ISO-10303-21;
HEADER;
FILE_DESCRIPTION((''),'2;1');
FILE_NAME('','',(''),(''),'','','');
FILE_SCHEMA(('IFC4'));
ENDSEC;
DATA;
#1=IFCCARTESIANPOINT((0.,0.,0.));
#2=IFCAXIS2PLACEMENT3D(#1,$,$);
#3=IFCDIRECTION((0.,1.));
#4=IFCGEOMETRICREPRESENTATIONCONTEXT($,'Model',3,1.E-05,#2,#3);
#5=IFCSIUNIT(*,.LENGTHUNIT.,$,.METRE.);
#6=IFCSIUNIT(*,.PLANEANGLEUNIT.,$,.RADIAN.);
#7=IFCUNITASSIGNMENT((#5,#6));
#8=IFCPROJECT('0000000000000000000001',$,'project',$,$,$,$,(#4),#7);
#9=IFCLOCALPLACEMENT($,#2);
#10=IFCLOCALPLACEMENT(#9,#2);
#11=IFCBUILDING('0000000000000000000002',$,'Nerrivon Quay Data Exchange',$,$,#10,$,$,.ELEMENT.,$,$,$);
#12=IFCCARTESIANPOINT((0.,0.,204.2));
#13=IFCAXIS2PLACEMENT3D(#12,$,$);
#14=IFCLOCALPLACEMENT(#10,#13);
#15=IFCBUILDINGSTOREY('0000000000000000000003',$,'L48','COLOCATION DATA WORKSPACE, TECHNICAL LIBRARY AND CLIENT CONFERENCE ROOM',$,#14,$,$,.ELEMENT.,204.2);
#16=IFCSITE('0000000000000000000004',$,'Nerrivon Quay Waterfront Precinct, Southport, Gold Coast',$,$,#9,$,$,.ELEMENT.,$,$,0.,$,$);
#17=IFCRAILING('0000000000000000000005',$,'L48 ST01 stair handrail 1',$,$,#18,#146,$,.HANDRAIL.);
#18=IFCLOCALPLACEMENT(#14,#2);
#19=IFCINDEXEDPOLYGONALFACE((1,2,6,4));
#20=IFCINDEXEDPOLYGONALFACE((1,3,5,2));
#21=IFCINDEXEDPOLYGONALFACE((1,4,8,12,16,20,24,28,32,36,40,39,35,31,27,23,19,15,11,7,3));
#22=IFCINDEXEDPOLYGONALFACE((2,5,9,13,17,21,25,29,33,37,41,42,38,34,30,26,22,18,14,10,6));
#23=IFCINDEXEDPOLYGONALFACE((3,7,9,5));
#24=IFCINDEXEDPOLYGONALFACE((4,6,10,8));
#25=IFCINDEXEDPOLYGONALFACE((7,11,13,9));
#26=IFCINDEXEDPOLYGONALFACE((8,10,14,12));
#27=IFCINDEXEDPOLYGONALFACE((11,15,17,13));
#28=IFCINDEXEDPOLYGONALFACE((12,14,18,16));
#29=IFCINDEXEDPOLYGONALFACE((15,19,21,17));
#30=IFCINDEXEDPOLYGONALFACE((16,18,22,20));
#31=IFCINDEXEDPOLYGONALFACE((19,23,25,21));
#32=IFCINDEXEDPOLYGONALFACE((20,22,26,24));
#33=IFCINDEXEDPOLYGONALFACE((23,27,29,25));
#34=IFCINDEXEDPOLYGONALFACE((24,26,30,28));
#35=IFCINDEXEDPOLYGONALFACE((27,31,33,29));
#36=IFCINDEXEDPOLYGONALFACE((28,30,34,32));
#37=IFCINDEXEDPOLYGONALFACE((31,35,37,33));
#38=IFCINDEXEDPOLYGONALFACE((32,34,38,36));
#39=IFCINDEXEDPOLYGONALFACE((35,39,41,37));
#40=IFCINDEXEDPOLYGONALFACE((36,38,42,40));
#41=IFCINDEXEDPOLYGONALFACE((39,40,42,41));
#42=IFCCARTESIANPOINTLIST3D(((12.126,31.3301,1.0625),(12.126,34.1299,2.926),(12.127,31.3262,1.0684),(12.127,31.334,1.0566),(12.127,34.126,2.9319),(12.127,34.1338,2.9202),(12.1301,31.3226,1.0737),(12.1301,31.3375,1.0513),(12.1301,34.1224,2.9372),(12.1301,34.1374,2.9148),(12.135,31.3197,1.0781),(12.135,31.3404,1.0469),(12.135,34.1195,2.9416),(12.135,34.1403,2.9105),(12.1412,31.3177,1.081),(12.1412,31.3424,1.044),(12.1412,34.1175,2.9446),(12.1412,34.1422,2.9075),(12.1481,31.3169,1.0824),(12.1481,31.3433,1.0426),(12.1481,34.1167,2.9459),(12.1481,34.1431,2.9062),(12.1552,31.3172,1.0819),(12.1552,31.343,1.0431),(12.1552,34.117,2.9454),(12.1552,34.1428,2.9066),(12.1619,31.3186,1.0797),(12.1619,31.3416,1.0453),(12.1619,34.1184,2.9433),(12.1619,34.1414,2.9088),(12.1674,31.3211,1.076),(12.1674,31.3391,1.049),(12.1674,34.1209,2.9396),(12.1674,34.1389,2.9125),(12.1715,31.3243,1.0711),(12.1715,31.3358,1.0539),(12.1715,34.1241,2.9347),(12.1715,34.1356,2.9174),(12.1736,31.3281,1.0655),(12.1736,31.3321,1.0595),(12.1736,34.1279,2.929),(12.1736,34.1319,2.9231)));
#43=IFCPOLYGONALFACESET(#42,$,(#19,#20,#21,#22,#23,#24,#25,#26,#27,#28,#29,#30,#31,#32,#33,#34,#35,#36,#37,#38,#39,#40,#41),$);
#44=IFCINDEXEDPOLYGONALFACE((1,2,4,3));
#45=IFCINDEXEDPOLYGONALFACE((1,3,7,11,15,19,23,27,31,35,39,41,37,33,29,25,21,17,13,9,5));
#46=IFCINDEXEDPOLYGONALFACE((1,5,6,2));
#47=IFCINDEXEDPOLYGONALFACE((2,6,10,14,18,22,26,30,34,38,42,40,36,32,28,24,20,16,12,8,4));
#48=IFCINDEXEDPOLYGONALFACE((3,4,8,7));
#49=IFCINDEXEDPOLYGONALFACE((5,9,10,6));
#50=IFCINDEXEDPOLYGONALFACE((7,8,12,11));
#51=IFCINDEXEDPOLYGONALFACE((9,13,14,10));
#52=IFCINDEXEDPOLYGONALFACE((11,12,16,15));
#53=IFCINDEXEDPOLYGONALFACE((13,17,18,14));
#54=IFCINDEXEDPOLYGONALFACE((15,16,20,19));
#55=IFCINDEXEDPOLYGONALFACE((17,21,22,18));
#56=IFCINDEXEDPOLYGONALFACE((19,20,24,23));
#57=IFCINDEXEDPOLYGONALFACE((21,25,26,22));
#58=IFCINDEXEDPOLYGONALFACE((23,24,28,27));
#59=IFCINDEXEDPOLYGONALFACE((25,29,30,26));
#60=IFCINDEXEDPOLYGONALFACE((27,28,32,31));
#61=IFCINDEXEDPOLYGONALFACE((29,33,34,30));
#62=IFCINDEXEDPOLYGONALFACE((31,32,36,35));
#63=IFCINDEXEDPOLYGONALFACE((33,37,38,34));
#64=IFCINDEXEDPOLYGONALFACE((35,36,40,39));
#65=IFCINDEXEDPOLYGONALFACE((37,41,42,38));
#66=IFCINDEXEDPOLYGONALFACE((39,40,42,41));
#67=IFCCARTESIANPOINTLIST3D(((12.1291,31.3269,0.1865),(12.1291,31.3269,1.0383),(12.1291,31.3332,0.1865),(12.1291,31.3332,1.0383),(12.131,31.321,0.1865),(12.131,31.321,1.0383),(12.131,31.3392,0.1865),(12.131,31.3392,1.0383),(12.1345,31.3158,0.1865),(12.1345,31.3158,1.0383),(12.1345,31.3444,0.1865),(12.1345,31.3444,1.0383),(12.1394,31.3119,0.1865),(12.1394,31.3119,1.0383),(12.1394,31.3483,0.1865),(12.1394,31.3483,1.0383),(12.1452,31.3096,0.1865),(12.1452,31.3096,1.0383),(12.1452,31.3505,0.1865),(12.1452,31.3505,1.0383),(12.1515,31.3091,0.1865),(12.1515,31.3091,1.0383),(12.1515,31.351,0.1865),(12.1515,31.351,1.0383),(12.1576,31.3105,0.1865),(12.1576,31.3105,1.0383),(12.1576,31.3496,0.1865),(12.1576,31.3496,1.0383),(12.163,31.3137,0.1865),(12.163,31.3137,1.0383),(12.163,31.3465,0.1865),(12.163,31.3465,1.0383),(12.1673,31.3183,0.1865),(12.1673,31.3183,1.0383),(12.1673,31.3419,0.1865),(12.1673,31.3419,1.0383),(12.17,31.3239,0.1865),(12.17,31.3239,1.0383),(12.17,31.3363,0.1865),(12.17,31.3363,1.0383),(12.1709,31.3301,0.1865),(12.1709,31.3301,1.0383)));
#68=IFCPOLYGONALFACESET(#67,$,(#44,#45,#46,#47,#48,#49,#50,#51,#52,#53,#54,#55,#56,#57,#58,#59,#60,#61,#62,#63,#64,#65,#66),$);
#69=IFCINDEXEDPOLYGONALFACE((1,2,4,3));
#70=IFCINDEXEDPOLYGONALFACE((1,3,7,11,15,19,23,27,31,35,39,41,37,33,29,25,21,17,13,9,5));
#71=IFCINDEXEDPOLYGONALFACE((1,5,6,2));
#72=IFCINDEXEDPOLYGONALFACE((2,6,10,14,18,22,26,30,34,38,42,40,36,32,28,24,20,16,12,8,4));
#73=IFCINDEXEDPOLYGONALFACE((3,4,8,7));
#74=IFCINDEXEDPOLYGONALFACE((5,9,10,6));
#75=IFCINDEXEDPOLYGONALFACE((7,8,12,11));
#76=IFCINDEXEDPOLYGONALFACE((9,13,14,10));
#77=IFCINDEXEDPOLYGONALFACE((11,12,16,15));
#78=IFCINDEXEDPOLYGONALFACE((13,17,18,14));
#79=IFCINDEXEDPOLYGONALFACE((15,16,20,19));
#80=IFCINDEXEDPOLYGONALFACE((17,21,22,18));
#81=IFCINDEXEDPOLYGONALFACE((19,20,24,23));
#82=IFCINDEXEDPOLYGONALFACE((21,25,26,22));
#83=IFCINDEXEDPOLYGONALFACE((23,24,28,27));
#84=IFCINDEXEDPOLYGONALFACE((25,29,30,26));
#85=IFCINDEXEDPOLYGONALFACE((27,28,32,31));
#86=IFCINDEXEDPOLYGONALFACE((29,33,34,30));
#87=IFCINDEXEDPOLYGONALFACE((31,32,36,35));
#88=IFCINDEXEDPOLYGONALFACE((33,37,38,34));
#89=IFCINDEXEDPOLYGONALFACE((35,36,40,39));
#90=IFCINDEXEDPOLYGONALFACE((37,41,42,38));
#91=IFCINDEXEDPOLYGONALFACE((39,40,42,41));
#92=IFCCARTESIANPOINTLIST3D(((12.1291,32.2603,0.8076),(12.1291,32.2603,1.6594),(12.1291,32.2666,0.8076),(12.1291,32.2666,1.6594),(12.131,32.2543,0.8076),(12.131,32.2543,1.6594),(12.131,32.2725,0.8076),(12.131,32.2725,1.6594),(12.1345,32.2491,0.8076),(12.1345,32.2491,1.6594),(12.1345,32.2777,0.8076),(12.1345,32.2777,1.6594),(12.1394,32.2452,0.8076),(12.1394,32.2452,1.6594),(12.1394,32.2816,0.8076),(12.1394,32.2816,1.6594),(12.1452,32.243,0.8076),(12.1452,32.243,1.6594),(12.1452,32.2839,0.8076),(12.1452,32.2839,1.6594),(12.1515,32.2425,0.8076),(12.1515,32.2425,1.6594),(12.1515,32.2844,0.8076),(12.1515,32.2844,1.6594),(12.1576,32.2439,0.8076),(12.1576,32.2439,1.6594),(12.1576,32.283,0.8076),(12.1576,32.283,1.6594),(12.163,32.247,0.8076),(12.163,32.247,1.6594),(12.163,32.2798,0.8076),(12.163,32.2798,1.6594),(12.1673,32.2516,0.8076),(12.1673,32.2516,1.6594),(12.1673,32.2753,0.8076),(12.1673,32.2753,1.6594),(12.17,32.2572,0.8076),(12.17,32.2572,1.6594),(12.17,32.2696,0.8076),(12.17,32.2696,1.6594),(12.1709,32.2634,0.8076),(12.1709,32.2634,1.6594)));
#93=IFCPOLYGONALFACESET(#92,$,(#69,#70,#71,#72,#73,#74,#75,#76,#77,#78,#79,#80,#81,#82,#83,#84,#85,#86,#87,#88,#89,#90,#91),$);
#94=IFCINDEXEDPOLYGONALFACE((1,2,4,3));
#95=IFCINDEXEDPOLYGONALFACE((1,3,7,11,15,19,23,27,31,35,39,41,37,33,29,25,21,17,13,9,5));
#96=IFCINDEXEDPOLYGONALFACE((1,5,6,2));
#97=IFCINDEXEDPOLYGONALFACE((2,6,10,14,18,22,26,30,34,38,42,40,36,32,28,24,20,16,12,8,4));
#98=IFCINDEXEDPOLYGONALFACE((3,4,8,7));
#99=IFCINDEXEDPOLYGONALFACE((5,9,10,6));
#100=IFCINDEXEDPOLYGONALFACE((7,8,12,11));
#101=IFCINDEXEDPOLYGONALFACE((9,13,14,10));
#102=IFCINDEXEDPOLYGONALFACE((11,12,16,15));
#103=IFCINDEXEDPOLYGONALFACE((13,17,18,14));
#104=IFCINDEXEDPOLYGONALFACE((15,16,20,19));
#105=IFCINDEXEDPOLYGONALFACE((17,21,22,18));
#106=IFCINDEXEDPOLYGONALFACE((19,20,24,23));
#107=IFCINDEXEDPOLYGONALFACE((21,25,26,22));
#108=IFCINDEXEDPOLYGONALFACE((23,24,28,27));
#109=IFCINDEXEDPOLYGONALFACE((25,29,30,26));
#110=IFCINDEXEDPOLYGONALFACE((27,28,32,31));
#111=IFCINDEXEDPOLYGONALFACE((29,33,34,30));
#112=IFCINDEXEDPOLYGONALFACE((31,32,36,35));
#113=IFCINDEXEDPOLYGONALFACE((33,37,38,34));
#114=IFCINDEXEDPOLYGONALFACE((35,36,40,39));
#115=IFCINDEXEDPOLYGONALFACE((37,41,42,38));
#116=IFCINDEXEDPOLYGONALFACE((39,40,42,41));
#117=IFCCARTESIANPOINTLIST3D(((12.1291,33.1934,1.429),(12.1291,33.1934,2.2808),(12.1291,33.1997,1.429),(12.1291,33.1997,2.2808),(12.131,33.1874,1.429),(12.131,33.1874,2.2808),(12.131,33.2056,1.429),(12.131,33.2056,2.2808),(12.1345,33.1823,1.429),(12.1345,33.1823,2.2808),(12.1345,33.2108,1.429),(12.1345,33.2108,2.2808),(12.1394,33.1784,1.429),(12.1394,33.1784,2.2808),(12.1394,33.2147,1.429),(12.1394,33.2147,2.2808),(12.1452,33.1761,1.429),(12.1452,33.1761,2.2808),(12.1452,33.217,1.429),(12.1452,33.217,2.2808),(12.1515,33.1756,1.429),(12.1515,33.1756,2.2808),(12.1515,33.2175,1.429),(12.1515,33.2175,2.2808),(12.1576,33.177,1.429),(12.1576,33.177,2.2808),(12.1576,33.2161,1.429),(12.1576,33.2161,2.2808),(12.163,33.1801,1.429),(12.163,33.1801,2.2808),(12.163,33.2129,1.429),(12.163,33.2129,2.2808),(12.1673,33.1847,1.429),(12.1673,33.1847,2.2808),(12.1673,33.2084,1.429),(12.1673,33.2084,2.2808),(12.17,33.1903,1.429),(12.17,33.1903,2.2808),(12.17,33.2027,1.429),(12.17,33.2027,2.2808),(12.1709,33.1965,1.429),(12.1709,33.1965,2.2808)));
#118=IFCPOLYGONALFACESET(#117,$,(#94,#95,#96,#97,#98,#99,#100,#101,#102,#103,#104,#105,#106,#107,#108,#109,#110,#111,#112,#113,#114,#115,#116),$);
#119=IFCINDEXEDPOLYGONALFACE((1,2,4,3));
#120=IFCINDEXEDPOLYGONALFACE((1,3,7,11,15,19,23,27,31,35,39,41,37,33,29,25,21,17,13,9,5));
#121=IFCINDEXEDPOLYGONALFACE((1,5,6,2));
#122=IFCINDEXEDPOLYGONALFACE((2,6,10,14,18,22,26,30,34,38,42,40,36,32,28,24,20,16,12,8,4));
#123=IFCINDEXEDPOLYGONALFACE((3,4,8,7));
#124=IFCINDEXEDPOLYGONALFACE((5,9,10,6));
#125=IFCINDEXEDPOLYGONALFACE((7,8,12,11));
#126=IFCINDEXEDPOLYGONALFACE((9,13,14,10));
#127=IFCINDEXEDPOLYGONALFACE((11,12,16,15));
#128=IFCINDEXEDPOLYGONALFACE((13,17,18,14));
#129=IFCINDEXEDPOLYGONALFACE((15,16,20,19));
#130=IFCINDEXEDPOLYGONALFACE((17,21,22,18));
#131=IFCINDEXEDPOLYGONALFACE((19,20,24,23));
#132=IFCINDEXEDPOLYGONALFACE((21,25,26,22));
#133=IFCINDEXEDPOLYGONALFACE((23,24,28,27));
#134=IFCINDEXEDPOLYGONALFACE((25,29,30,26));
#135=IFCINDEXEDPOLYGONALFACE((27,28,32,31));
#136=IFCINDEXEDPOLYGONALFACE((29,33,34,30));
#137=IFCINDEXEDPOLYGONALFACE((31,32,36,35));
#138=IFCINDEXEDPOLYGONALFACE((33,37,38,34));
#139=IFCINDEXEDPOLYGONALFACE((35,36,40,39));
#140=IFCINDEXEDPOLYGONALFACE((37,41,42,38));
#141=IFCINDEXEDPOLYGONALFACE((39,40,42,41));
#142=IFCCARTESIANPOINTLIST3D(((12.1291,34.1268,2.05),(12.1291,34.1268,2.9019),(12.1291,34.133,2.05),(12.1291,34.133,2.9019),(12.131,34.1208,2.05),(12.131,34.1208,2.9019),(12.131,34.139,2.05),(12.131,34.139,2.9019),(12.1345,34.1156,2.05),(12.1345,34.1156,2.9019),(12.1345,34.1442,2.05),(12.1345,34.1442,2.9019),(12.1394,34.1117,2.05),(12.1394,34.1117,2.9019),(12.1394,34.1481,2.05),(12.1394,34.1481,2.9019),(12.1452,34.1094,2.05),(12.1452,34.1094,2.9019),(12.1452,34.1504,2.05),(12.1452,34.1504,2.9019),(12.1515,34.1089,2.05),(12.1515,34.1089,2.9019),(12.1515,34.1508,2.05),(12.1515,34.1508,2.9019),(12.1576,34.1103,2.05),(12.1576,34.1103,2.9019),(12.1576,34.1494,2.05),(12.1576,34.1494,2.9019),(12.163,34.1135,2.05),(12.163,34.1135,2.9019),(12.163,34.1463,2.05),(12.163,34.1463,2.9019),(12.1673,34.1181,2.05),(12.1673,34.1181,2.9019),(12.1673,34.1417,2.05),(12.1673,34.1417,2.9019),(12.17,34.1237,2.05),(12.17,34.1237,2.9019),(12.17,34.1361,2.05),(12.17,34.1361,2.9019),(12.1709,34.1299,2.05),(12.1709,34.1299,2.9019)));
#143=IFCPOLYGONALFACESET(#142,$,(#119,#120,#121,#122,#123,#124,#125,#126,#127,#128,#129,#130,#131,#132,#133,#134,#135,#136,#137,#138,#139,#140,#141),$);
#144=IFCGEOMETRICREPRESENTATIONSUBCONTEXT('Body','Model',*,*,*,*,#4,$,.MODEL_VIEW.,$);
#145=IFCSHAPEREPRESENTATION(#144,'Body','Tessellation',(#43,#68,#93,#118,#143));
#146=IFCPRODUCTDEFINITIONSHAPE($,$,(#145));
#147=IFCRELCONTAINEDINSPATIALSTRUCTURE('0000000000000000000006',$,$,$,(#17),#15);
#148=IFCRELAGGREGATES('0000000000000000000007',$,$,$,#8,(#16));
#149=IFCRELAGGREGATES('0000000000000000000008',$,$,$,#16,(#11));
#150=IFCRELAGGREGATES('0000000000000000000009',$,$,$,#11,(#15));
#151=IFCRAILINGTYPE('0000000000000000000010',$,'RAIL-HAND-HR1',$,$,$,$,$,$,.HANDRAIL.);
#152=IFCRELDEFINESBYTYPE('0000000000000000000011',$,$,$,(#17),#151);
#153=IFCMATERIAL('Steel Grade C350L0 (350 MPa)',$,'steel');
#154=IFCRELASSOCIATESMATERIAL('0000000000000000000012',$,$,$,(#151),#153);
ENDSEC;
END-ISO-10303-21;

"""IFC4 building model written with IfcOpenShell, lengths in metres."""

from ifc_helpers import new_model, si_unit, direction, frame, origin, origin_2d, place, context, subcontext, project, spatial, circle, extrude, material, type_object, element, save


model = new_model("IFC4")

# Units and contexts
model_context = context("Model", 3, precision=1e-05, world=origin(), true_north=direction((0.0, 1.0)))
body_context = subcontext(model_context, "Body", "Model", "MODEL_VIEW")
ifc_project = project(units=[si_unit("LENGTHUNIT", "METRE"), si_unit("PLANEANGLEUNIT", "RADIAN")], contexts=[model_context])

# Site, building, storey
site_placement = place(None, origin())
site = spatial("IfcSite", under=ifc_project, at=site_placement, Name="Nerrivon Quay Waterfront Precinct, Southport, Gold Coast", CompositionType="ELEMENT", RefElevation=0.0)
building_placement = place(site_placement, origin())
building = spatial("IfcBuilding", under=site, at=building_placement, Name="Nerrivon Quay Data Exchange", CompositionType="ELEMENT")
storey_placement = place(building_placement, frame((0.0, 0.0, 204.2)))
storey = spatial("IfcBuildingStorey", under=building, at=storey_placement, Name="L48", Description="COLOCATION DATA WORKSPACE, TECHNICAL LIBRARY AND CLIENT CONFERENCE ROOM", CompositionType="ELEMENT", Elevation=204.2)

# Railing
ifc_material_1 = material(Name="Steel Grade C350L0 (350 MPa)", Category="steel")
railing_type_1 = type_object("IfcRailingType", Name="RAIL-HAND-HR1", PredefinedType="HANDRAIL", material=ifc_material_1)
railing_1_placement = place(storey_placement, frame((12.1499, 31.3301, 0.1865)))
element("IfcRailing", 1, at=railing_1_placement, inside=storey, type_object=railing_type_1, Name="L48 ST01 stair handrail 1", PredefinedType="HANDRAIL", context=body_context, shape_type="SweptSolid", body=[
    extrude(circle(Radius=0.0239, at=origin_2d()), frame((0.0, 0.0, 0.876), z_axis=(0.0, 0.832463, 0.55408), x_axis=(-1.0, 0.0, 0.0)), (0.0, 0.0, 1.0), 3.3633),
    extrude(circle(Radius=0.021, at=origin_2d()), origin(), (0.0, 0.0, 1.0), 0.8518),
    extrude(circle(Radius=0.021, at=origin_2d()), frame((0.0, 0.9333, 0.6211)), (0.0, 0.0, 1.0), 0.8518),
    extrude(circle(Radius=0.021, at=origin_2d()), frame((0.0, 1.8665, 1.2424)), (0.0, 0.0, 1.0), 0.8518),
    extrude(circle(Radius=0.021, at=origin_2d()), frame((0.0, 2.7998, 1.8635)), (0.0, 0.0, 1.0), 0.8518),
])

save(model, "model.ifc")
